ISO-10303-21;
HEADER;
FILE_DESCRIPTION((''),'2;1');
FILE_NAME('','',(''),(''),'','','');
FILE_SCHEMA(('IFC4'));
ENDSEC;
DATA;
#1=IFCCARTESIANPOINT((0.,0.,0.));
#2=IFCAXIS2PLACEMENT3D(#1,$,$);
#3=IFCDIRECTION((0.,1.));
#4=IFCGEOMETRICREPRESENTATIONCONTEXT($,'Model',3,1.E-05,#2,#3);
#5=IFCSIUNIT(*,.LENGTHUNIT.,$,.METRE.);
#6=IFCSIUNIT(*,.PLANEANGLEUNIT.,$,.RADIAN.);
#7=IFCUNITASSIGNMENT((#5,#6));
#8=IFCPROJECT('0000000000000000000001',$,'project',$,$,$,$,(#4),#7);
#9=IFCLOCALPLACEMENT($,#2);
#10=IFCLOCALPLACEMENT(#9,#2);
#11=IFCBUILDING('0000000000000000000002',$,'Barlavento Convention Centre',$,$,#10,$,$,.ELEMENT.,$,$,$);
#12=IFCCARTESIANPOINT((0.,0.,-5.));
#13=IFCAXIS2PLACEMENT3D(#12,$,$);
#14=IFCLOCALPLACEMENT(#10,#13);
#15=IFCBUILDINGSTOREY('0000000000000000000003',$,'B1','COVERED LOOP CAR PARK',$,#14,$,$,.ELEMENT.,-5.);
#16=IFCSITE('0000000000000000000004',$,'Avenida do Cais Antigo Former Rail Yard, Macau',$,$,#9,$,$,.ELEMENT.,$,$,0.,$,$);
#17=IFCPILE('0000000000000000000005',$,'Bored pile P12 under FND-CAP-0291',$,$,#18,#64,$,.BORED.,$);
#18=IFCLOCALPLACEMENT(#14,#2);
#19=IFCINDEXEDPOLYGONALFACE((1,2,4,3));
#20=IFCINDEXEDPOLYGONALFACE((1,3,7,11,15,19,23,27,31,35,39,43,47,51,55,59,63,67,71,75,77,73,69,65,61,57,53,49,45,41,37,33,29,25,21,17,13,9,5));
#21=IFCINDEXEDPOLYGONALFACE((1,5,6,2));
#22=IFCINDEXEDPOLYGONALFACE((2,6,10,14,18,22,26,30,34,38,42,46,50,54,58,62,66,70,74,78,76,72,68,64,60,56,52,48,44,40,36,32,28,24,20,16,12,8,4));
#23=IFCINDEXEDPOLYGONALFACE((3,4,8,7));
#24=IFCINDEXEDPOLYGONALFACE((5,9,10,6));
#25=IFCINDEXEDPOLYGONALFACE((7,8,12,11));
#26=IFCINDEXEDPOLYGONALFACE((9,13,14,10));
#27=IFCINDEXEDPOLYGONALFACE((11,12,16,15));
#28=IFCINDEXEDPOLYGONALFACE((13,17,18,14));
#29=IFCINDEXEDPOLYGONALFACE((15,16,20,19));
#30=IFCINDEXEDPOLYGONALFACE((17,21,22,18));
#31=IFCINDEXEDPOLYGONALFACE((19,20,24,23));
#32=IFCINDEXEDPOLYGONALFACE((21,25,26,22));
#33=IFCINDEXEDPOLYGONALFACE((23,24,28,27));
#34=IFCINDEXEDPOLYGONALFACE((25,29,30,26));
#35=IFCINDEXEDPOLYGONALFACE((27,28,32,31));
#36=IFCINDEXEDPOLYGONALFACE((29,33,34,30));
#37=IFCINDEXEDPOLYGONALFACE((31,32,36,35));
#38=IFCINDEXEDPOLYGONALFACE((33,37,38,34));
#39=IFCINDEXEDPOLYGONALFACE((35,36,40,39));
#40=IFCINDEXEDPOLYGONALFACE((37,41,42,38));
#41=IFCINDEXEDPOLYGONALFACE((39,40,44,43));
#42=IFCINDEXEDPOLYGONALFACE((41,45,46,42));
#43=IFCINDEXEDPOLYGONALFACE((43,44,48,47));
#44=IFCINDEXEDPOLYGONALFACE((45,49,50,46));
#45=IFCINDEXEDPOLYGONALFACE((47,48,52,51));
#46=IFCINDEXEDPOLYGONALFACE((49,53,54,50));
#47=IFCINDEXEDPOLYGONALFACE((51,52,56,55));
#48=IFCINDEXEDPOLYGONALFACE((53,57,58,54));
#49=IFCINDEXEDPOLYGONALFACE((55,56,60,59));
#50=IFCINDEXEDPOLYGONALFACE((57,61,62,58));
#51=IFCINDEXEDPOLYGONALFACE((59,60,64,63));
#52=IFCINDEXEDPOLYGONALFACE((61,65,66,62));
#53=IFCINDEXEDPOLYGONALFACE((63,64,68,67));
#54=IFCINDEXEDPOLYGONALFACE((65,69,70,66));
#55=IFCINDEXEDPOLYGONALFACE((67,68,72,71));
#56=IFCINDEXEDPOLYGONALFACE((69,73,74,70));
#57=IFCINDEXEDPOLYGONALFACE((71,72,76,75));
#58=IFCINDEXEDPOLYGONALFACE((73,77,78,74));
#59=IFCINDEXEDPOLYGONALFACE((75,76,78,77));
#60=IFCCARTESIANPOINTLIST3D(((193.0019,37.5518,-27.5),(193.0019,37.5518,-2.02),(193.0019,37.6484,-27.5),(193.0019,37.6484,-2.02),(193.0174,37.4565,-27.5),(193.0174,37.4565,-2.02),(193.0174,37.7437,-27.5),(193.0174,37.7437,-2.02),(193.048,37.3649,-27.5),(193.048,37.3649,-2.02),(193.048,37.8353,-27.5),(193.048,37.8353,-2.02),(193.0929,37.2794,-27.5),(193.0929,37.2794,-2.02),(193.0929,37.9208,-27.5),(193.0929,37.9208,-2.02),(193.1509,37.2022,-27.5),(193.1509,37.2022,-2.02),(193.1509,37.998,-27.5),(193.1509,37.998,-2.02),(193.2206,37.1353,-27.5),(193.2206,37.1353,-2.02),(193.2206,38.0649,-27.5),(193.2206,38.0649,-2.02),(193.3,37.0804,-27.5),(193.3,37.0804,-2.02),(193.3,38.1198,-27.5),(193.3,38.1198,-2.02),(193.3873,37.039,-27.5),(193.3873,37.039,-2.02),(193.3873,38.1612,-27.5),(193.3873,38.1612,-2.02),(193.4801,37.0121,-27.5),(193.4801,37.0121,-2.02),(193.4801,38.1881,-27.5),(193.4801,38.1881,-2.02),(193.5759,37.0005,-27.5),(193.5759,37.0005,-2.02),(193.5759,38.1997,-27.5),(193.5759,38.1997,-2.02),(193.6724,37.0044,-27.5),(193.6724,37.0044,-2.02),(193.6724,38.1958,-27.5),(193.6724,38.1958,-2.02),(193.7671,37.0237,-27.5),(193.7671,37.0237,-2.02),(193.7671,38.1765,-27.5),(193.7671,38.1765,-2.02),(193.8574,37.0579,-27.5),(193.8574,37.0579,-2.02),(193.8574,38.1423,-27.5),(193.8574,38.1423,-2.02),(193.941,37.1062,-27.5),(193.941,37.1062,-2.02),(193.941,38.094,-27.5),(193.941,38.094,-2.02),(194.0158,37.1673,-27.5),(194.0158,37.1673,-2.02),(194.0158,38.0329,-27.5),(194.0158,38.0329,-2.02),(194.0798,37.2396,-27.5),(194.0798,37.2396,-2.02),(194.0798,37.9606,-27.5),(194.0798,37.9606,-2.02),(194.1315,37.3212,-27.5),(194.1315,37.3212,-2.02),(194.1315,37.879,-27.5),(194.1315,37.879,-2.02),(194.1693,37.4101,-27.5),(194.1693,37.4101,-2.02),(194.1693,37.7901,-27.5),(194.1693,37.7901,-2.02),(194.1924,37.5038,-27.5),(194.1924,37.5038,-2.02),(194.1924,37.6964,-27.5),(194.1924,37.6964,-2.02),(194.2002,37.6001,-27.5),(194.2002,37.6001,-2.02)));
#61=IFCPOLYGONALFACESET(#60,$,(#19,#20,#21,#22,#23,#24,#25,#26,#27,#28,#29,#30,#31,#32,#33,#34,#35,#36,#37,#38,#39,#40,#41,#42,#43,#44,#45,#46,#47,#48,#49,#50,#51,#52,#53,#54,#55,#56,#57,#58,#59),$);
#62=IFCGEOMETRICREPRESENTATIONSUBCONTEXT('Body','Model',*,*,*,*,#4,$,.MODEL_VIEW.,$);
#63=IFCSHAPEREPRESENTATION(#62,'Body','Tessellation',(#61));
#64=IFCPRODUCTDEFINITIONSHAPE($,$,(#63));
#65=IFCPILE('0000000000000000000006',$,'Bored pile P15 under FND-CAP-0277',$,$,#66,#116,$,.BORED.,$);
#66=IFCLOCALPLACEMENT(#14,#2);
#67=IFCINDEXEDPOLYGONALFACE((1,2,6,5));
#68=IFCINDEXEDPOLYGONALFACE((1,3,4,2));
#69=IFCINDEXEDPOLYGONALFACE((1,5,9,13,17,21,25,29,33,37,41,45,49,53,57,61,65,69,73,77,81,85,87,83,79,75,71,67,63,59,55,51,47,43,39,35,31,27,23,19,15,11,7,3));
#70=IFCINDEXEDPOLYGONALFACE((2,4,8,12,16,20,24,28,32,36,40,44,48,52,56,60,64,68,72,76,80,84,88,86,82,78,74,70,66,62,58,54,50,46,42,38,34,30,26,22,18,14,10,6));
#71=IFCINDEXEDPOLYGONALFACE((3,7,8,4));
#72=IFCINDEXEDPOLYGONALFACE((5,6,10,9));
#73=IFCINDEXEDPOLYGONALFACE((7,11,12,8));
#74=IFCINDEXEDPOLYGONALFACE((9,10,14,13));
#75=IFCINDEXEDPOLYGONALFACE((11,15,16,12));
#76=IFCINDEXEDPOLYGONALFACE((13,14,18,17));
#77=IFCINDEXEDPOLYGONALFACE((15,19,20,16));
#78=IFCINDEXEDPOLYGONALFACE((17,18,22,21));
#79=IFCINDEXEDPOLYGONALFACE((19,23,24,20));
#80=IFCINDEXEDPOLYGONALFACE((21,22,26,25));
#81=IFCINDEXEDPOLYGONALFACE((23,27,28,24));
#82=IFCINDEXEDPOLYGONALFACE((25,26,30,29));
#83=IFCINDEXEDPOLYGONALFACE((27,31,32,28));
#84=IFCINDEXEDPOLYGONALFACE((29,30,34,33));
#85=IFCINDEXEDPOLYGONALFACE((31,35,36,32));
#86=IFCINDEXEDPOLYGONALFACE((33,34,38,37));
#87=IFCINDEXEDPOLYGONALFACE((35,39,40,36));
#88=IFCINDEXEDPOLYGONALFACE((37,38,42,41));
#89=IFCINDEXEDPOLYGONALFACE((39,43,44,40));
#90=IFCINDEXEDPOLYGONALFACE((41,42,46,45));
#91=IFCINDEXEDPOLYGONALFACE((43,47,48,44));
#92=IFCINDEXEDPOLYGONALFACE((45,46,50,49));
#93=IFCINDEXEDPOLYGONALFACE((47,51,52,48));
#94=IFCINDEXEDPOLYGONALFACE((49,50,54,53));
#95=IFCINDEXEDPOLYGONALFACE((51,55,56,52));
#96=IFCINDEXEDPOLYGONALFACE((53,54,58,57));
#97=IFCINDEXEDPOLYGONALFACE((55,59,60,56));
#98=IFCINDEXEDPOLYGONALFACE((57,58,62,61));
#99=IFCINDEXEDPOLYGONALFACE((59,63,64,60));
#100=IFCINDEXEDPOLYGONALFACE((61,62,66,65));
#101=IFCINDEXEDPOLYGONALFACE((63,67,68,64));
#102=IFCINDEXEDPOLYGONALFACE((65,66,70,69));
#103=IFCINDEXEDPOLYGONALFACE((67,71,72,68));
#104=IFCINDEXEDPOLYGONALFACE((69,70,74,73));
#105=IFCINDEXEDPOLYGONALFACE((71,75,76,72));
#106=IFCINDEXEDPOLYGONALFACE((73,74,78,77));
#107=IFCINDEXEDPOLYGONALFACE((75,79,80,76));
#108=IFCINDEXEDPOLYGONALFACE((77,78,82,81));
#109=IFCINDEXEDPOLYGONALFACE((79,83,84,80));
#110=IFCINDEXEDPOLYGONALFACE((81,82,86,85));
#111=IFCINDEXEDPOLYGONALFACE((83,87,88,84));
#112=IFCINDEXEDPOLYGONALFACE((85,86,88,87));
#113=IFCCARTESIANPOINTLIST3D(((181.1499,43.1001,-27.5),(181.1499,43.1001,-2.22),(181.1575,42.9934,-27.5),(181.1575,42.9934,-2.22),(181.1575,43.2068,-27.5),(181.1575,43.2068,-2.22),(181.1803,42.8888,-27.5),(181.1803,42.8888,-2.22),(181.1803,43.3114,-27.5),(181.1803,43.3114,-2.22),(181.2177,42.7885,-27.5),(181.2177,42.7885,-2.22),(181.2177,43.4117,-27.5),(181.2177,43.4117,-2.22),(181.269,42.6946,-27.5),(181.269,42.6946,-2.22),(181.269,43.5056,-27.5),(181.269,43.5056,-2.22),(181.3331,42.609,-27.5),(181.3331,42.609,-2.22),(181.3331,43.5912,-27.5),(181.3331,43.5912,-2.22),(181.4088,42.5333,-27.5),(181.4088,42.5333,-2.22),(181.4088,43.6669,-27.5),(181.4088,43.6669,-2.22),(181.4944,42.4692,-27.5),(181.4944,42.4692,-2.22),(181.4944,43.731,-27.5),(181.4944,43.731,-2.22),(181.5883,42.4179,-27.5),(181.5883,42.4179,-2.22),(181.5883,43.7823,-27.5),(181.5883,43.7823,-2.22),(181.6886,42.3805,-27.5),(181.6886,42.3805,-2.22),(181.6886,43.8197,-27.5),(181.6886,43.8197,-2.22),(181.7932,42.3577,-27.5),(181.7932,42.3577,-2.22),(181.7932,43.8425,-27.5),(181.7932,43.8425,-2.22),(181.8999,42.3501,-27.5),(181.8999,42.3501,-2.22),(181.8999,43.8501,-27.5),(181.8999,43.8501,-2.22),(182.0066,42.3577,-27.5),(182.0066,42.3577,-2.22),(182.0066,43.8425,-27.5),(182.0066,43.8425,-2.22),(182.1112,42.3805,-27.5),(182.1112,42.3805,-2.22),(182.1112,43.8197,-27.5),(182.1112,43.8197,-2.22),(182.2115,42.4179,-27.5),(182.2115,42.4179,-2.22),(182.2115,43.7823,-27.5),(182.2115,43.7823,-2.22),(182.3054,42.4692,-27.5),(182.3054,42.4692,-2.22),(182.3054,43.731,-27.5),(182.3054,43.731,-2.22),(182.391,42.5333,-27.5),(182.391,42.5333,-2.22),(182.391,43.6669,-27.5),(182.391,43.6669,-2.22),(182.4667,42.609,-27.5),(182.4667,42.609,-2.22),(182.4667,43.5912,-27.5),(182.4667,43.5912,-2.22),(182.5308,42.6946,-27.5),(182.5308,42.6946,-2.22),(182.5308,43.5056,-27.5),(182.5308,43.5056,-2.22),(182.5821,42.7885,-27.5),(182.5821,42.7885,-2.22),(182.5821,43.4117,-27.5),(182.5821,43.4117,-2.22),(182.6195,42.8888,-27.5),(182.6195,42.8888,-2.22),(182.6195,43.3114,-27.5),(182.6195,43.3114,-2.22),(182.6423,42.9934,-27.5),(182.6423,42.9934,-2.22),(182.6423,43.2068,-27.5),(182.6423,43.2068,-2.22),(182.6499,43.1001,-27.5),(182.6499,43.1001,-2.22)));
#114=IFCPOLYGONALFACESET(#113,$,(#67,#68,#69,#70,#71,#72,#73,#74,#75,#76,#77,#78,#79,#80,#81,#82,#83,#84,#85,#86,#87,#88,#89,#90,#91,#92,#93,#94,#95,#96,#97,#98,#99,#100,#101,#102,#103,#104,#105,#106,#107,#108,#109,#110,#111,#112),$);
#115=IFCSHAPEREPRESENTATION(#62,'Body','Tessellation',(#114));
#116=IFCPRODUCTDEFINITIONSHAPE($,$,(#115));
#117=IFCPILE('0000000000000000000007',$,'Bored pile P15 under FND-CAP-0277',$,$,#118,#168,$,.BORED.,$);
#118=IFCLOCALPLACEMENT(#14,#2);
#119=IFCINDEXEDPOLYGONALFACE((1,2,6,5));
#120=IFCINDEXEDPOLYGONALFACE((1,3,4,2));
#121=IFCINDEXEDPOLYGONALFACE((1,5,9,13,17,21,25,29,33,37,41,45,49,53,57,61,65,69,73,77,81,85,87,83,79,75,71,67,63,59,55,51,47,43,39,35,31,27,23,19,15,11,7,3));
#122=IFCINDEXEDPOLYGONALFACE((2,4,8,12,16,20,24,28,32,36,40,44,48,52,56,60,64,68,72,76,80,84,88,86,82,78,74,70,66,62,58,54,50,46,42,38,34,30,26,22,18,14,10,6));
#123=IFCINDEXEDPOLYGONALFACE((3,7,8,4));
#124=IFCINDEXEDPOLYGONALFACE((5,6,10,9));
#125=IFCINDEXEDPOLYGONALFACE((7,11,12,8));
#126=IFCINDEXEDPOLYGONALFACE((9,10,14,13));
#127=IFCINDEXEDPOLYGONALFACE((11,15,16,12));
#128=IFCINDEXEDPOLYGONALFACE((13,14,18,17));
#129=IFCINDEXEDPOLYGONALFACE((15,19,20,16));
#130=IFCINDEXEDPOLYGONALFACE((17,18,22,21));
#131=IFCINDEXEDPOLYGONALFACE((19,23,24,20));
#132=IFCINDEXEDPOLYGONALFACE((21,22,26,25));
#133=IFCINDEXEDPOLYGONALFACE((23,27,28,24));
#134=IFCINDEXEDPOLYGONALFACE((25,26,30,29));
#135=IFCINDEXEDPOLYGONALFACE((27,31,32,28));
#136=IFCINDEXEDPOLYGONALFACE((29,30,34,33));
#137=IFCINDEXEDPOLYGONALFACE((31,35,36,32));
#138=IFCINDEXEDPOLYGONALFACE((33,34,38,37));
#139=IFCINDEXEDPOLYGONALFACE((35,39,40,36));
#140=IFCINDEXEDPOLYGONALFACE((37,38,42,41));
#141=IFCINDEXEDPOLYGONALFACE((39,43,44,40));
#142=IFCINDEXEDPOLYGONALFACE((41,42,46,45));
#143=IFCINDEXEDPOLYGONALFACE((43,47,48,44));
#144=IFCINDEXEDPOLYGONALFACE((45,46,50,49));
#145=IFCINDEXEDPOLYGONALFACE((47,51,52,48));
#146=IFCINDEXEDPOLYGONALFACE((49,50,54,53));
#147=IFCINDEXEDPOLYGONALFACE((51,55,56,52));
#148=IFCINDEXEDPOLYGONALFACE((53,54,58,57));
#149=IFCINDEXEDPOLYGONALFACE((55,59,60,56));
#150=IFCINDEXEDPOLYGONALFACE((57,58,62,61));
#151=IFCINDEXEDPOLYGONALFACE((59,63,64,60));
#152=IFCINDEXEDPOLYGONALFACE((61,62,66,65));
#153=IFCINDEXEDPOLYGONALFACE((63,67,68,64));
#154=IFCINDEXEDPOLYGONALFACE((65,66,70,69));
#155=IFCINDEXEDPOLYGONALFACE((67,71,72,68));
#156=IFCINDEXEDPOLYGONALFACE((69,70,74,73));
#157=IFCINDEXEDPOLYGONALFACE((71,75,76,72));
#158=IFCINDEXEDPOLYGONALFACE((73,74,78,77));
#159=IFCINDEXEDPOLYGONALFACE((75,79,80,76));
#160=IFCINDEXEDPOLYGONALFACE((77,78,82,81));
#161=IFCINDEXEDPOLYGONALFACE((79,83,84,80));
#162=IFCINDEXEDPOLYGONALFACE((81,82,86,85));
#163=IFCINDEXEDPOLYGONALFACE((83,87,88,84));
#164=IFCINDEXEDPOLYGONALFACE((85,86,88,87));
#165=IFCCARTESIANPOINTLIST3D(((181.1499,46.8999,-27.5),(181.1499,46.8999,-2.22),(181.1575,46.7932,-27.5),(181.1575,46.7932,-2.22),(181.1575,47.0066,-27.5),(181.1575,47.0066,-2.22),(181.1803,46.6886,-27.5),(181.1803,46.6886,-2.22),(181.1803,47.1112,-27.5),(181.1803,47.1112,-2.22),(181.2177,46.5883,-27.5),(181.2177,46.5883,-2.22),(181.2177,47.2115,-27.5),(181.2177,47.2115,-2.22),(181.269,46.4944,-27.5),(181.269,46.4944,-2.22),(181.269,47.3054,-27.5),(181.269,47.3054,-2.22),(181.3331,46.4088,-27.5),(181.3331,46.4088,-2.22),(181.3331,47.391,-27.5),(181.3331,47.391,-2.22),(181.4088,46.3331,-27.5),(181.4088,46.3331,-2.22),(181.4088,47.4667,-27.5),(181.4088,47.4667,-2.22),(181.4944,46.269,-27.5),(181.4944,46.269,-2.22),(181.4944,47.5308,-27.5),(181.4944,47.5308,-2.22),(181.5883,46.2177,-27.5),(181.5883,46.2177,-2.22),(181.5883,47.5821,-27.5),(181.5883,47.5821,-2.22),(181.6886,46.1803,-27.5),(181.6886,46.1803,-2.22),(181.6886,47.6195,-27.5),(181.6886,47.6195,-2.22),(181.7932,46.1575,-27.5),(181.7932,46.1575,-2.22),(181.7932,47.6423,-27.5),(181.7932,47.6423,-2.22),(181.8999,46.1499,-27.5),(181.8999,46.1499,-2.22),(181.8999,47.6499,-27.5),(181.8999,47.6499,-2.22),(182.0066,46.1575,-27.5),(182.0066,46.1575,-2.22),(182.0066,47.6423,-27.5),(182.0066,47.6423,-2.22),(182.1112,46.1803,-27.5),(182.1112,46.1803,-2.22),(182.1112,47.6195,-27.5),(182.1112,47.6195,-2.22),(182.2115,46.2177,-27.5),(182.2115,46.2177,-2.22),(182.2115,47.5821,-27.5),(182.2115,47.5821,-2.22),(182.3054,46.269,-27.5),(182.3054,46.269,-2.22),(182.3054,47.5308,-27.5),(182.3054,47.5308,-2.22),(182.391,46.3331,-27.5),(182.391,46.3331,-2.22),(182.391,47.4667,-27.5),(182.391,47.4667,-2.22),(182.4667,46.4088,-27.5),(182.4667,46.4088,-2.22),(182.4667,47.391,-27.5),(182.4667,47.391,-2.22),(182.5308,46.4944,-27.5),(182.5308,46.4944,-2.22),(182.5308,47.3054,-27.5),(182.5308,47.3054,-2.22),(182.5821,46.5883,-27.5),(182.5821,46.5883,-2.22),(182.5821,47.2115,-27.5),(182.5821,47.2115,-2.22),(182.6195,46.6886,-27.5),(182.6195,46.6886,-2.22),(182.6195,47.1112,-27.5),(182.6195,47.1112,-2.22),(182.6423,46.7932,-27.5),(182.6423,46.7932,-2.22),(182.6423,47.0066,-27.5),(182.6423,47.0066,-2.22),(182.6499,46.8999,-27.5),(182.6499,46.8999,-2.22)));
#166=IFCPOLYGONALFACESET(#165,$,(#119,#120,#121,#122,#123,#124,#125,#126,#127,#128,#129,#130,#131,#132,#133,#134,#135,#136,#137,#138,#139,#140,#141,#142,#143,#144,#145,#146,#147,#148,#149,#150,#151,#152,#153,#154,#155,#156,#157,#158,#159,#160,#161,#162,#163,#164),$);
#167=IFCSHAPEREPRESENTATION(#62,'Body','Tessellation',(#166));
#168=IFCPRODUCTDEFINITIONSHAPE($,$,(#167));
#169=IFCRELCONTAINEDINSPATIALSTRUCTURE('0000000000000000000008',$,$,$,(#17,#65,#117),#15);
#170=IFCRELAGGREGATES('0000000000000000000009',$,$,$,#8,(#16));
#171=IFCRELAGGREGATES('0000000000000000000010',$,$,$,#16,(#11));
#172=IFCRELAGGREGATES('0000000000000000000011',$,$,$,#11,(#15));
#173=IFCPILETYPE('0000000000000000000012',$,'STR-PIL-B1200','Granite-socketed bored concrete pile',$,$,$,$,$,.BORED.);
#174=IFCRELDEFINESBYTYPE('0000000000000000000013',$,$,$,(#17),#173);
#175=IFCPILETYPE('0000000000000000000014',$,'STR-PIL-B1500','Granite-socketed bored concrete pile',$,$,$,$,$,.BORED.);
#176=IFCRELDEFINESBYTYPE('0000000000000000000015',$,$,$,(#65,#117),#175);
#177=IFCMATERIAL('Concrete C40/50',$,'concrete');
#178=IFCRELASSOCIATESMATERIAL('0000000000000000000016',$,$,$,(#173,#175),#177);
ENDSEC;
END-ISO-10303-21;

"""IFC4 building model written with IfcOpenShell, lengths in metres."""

from ifc_helpers import new_model, si_unit, direction, frame, origin, origin_2d, place, context, subcontext, project, spatial, circle, extrude, material, material_profile, profile_set, type_object, element, save


model = new_model("IFC4")

# Units and contexts
model_context = context("Model", 3, precision=1e-05, world=origin(), true_north=direction((0.0, 1.0)))
body_context = subcontext(model_context, "Body", "Model", "MODEL_VIEW")
ifc_project = project(units=[si_unit("LENGTHUNIT", "METRE"), si_unit("PLANEANGLEUNIT", "RADIAN")], contexts=[model_context])

# Site, building, storey
site_placement = place(None, origin())
site = spatial("IfcSite", under=ifc_project, at=site_placement, Name="Avenida do Cais Antigo Former Rail Yard, Macau", CompositionType="ELEMENT", RefElevation=0.0)
building_placement = place(site_placement, origin())
building = spatial("IfcBuilding", under=site, at=building_placement, Name="Barlavento Convention Centre", CompositionType="ELEMENT")
storey_placement = place(building_placement, frame((0.0, 0.0, -5.0)))
storey = spatial("IfcBuildingStorey", under=building, at=storey_placement, Name="B1", Description="COVERED LOOP CAR PARK", CompositionType="ELEMENT", Elevation=-5.0)

# Shared definitions
ifc_material_1 = material(Name="Concrete C40/50", Category="concrete")

# Piles
ifc_material_profile_1 = material_profile(ifc_material_1, circle(Radius=0.6001, at=origin_2d()), Name="BORED PILE 1200")
ifc_profile_set_1 = profile_set([ifc_material_profile_1], Name="Concrete C40/50")
pile_type_1 = type_object("IfcPileType", Name="STR-PIL-B1200", Description="Granite-socketed bored concrete pile", PredefinedType="BORED", material=ifc_profile_set_1)
for number, where, z_axis, x_axis, name in (
    (1, (193.6001, 37.6001, -2.02), (0.0, 0.0, -1.0), (1.0, 0.0, 0.0), "Bored pile P12 under FND-CAP-0291"),
):
    element("IfcPile", number, at=place(storey_placement, frame(where, z_axis=z_axis, x_axis=x_axis)), inside=storey, type_object=pile_type_1, Name=name, PredefinedType="BORED", context=body_context, shape_type="SweptSolid", body=[
        extrude(circle(Radius=0.6001, at=origin_2d()), origin(), (0.0, 0.0, 1.0), 25.48),
    ])
ifc_material_profile_2 = material_profile(ifc_material_1, circle(Radius=0.75, at=origin_2d()), Name="BORED PILE 1500")
ifc_profile_set_2 = profile_set([ifc_material_profile_2], Name="Concrete C40/50")
pile_type_2 = type_object("IfcPileType", Name="STR-PIL-B1500", Description="Granite-socketed bored concrete pile", PredefinedType="BORED", material=ifc_profile_set_2)
for number, where, z_axis, x_axis, name in (
    (2, (181.8999, 43.1001, -2.22), (0.0, 0.0, -1.0), (1.0, 0.0, 0.0), "Bored pile P15 under FND-CAP-0277"),
    (3, (181.8999, 46.8999, -2.22), (0.0, 0.0, -1.0), (1.0, 0.0, 0.0), "Bored pile P15 under FND-CAP-0277"),
):
    element("IfcPile", number, at=place(storey_placement, frame(where, z_axis=z_axis, x_axis=x_axis)), inside=storey, type_object=pile_type_2, Name=name, PredefinedType="BORED", context=body_context, shape_type="SweptSolid", body=[
        extrude(circle(Radius=0.75, at=origin_2d()), origin(), (0.0, 0.0, 1.0), 25.28),
    ])

save(model, "model.ifc")
